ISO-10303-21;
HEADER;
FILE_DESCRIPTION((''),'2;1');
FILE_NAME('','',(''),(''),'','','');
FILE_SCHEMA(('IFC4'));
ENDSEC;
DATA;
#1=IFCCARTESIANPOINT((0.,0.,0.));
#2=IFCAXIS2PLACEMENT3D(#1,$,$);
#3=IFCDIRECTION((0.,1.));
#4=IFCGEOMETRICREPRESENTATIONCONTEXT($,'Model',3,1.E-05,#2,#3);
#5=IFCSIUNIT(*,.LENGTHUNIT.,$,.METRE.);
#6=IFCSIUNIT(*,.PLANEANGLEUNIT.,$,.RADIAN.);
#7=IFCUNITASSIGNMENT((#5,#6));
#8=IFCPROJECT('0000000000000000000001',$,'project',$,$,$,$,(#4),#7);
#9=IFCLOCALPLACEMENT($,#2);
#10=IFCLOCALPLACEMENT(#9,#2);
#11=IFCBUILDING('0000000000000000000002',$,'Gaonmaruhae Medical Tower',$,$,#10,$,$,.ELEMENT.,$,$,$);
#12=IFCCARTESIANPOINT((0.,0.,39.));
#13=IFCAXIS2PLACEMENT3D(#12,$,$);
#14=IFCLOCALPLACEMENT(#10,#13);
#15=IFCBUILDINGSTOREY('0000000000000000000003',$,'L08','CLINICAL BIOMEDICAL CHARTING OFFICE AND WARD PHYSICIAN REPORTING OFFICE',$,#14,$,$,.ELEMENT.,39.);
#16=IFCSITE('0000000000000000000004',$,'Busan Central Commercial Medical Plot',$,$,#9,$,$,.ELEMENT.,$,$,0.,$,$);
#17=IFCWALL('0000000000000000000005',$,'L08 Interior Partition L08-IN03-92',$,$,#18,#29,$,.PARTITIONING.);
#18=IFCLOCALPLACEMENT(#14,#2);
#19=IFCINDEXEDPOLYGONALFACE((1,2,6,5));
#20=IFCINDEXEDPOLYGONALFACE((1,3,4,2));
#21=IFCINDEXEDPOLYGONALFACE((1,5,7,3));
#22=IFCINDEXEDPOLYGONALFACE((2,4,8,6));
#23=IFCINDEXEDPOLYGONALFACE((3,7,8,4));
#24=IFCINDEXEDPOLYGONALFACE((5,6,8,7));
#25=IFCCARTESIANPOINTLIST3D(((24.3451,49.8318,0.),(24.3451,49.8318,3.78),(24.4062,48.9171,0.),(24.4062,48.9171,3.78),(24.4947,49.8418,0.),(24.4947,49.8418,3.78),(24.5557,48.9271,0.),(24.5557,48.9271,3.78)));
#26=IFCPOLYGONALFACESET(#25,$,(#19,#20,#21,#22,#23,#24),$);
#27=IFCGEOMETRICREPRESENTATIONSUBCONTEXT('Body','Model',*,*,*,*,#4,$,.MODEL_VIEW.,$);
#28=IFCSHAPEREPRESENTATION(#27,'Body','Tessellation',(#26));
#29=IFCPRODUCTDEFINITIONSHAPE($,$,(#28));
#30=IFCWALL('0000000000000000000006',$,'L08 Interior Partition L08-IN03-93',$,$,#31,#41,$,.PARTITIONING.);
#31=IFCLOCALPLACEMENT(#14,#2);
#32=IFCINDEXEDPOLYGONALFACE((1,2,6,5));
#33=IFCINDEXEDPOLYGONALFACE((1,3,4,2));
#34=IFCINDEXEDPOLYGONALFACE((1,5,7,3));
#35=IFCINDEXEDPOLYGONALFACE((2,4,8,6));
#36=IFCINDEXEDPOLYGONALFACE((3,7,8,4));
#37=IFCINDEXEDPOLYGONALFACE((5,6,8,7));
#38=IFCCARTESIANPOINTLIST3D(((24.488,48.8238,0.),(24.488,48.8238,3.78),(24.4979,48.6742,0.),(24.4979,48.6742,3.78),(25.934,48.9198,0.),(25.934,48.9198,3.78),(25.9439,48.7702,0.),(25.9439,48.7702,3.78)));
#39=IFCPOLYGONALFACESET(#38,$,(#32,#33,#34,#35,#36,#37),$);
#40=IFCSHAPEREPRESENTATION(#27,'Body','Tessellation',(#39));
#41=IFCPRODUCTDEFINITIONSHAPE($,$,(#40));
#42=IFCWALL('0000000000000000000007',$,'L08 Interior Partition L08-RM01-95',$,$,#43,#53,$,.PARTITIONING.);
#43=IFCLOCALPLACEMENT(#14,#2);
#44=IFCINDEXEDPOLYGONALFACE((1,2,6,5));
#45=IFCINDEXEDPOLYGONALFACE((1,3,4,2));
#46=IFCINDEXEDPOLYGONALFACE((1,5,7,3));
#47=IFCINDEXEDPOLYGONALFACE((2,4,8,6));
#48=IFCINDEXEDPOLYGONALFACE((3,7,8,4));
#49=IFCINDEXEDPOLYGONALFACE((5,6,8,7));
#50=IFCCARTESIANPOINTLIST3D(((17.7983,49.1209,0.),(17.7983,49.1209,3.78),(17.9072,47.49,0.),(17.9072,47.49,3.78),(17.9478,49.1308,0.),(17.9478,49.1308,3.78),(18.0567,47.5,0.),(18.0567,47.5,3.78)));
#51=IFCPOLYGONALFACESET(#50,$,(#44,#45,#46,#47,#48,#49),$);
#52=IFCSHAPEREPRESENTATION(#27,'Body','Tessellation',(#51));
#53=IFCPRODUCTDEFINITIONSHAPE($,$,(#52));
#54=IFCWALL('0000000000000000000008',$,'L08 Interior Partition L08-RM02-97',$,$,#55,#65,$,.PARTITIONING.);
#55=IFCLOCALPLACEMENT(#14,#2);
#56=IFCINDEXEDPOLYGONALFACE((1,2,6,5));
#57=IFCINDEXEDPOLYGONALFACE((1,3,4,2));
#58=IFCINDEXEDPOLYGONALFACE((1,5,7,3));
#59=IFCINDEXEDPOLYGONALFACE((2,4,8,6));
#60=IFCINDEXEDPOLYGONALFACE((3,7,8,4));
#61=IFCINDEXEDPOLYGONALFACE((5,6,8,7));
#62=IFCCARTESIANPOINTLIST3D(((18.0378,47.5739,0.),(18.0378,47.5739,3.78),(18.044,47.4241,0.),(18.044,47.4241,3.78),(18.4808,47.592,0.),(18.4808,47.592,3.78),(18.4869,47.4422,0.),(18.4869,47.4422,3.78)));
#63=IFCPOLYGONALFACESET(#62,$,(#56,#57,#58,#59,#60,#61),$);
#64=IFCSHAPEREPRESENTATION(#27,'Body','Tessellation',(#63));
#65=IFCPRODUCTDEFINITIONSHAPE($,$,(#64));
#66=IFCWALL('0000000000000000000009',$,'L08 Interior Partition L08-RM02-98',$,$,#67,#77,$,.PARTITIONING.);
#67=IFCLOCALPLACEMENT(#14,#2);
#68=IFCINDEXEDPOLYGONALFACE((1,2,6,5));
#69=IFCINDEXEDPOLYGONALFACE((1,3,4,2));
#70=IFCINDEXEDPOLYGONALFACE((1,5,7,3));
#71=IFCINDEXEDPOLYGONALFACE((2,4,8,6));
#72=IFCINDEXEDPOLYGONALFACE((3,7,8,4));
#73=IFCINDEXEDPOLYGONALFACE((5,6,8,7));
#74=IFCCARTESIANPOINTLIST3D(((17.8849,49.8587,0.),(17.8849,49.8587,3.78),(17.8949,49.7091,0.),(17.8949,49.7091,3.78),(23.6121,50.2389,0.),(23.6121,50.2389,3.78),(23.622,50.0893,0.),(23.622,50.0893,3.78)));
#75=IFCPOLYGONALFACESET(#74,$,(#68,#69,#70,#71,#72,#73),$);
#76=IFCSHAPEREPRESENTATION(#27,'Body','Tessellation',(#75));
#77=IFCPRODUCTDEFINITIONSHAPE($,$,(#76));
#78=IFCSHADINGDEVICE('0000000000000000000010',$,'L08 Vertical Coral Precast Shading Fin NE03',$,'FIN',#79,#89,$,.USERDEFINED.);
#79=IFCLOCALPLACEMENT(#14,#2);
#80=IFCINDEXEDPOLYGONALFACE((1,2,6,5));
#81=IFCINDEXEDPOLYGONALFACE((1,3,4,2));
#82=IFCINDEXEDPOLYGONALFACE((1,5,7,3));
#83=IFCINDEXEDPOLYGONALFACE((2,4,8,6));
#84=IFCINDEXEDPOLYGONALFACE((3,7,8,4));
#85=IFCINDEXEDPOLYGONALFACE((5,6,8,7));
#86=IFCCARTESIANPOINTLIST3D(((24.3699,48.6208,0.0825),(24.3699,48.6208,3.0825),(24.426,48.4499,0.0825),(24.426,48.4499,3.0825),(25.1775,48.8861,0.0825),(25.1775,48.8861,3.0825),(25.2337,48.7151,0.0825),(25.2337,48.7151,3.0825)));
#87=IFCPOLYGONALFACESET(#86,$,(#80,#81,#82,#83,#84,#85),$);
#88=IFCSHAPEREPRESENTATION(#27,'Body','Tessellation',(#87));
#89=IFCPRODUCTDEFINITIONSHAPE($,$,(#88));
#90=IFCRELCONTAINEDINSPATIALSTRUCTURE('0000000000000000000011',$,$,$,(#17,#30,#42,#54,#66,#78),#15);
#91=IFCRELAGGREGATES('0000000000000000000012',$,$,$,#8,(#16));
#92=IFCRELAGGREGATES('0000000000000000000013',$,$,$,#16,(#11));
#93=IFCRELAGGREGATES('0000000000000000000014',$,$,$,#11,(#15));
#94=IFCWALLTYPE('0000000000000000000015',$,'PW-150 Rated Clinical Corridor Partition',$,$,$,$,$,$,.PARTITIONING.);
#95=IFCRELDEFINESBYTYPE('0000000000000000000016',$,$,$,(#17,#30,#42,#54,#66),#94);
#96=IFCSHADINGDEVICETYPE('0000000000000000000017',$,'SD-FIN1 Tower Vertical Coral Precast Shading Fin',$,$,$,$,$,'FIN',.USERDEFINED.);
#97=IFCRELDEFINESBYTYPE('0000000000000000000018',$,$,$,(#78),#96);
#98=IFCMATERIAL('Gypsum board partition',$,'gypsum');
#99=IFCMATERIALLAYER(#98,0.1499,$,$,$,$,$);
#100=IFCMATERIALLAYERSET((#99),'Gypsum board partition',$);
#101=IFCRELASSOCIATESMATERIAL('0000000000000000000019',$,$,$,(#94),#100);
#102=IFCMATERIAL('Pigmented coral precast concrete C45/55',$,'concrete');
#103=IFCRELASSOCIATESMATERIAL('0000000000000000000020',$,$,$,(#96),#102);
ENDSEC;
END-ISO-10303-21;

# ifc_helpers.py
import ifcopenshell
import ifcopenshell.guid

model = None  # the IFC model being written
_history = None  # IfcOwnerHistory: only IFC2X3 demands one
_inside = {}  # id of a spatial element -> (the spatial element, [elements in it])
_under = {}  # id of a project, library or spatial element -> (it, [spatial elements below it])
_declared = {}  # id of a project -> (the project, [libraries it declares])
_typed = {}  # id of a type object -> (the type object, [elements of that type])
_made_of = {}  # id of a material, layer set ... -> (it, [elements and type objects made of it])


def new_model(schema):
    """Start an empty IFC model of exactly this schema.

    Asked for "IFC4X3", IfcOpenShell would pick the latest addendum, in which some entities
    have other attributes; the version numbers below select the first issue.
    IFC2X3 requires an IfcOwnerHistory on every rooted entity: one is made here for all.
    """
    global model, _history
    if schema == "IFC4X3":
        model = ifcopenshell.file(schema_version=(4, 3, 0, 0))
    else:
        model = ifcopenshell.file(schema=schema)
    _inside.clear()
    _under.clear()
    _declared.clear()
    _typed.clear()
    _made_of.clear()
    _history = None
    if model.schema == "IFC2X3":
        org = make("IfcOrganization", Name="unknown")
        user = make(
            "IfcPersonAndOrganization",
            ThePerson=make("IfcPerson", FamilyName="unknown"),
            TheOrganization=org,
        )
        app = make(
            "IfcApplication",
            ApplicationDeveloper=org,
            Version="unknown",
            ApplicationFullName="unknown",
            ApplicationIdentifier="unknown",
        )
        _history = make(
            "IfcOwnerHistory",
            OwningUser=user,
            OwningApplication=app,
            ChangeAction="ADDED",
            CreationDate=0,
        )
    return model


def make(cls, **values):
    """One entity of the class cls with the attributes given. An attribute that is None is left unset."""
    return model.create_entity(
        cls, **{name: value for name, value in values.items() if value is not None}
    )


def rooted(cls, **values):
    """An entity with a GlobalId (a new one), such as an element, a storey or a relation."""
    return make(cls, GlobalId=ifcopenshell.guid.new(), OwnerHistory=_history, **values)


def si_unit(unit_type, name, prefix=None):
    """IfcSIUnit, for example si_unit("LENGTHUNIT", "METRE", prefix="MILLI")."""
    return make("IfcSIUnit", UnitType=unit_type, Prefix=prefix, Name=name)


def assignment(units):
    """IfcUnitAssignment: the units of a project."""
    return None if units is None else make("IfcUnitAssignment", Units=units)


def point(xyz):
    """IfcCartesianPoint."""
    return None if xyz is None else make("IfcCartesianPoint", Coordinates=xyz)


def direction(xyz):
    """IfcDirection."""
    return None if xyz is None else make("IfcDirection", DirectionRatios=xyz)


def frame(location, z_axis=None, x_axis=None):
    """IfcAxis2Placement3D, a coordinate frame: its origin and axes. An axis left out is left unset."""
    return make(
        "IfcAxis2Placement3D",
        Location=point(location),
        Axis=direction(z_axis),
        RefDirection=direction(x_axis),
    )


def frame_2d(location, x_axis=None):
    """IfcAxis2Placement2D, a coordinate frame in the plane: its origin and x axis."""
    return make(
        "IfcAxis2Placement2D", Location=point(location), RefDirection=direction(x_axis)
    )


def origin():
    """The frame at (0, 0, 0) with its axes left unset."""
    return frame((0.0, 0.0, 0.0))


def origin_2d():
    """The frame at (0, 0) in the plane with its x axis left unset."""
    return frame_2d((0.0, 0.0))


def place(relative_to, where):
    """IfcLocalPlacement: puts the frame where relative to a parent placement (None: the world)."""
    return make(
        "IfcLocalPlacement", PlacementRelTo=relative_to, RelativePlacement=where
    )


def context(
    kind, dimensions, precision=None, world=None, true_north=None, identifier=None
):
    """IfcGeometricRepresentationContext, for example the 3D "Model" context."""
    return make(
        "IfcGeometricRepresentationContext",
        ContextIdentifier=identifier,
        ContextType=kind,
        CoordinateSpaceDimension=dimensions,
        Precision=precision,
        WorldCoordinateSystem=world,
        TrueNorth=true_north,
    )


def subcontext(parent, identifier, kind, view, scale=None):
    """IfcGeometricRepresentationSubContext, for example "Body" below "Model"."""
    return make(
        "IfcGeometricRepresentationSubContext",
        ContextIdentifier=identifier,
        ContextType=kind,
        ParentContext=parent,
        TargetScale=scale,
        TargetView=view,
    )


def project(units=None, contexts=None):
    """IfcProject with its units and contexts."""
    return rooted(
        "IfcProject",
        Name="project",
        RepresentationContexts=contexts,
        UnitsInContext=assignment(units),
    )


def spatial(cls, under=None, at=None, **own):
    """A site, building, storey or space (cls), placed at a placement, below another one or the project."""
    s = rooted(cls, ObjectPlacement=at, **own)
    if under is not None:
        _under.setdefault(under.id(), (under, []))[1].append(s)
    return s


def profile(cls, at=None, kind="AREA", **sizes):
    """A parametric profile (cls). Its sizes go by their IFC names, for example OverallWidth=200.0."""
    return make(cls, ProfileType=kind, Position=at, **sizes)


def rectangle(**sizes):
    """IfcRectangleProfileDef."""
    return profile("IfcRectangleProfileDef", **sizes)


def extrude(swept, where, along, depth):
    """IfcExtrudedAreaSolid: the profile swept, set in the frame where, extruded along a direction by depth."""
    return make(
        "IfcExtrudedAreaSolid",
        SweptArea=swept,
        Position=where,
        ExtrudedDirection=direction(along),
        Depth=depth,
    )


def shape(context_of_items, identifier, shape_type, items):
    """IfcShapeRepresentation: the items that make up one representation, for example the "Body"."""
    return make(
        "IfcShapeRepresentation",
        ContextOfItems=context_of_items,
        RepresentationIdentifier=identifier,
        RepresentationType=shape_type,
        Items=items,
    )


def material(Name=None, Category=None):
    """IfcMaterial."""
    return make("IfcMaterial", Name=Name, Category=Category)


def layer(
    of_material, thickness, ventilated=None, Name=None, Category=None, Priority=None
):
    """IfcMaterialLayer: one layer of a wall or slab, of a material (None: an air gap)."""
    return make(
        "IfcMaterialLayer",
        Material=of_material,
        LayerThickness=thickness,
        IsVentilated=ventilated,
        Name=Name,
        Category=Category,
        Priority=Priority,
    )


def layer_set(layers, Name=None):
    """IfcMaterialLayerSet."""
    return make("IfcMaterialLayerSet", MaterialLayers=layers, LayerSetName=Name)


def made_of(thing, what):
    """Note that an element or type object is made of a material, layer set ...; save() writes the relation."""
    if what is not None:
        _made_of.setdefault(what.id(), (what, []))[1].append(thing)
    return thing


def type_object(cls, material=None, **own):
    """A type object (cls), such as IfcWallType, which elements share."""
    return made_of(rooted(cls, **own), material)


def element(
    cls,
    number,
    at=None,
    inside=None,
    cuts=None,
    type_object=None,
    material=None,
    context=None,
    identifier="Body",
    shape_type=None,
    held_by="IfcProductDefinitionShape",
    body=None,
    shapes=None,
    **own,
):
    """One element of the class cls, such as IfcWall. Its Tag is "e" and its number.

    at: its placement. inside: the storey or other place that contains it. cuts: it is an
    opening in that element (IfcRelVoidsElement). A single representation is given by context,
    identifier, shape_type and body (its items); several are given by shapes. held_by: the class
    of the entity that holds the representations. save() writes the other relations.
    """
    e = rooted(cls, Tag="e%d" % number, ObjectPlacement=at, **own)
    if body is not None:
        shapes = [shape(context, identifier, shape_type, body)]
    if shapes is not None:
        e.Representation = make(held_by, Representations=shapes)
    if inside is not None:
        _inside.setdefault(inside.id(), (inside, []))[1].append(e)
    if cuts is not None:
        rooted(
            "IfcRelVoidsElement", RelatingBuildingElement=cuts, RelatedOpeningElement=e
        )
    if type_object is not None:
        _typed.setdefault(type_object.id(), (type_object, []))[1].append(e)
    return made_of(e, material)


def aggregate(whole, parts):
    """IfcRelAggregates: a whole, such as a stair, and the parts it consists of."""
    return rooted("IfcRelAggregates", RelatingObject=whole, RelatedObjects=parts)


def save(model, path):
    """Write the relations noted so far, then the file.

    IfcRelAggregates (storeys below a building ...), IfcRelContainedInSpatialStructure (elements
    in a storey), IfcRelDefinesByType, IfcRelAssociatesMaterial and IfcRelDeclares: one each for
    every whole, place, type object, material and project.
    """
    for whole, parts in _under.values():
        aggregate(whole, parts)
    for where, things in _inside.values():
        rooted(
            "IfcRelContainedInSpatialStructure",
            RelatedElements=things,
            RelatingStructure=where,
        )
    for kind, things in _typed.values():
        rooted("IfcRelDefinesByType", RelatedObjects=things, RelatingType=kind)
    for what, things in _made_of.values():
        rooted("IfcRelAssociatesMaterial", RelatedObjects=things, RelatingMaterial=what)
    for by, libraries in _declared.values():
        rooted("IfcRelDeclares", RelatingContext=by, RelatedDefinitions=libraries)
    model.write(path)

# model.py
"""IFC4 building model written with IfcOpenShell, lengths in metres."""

from ifc_helpers import new_model, si_unit, direction, frame, frame_2d, origin, origin_2d, place, context, subcontext, project, spatial, rectangle, extrude, material, layer, layer_set, type_object, element, save


model = new_model("IFC4")

# Units and contexts
model_context = context("Model", 3, precision=1e-05, world=origin(), true_north=direction((0.0, 1.0)))
body_context = subcontext(model_context, "Body", "Model", "MODEL_VIEW")
ifc_project = project(units=[si_unit("LENGTHUNIT", "METRE"), si_unit("PLANEANGLEUNIT", "RADIAN")], contexts=[model_context])

# Site, building, storey
site_placement = place(None, origin())
site = spatial("IfcSite", under=ifc_project, at=site_placement, Name="Busan Central Commercial Medical Plot", CompositionType="ELEMENT", RefElevation=0.0)
building_placement = place(site_placement, origin())
building = spatial("IfcBuilding", under=site, at=building_placement, Name="Gaonmaruhae Medical Tower", CompositionType="ELEMENT")
storey_placement = place(building_placement, frame((0.0, 0.0, 39.0)))
storey = spatial("IfcBuildingStorey", under=building, at=storey_placement, Name="L08", Description="CLINICAL BIOMEDICAL CHARTING OFFICE AND WARD PHYSICIAN REPORTING OFFICE", CompositionType="ELEMENT", Elevation=39.0)

# Shared definitions
ifc_material_1 = material(Name="Gypsum board partition", Category="gypsum")
ifc_layer_1 = layer(ifc_material_1, 0.1499)
ifc_layer_set_1 = layer_set([ifc_layer_1], Name="Gypsum board partition")
wall_type_1 = type_object("IfcWallType", Name="PW-150 Rated Clinical Corridor Partition", PredefinedType="PARTITIONING", material=ifc_layer_set_1)

# Walls
wall_1_placement = place(storey_placement, frame((24.4199, 49.8369, 0.0), z_axis=(0.0, 0.0, 1.0), x_axis=(0.066572, -0.997782, 0.0)))
element("IfcWall", 1, at=wall_1_placement, inside=storey, type_object=wall_type_1, Name="L08 Interior Partition L08-IN03-92", PredefinedType="PARTITIONING", context=body_context, shape_type="SweptSolid", body=[
    extrude(rectangle(XDim=0.9167, YDim=0.1499, at=frame_2d((0.4585, 0.0))), origin(), (0.0, 0.0, 1.0), 3.78),
])
wall_2_placement = place(storey_placement, frame((24.4929, 48.749, 0.0), z_axis=(0.0, 0.0, 1.0), x_axis=(0.997806, 0.066206, 0.0)))
element("IfcWall", 2, at=wall_2_placement, inside=storey, type_object=wall_type_1, Name="L08 Interior Partition L08-IN03-93", PredefinedType="PARTITIONING", context=body_context, shape_type="SweptSolid", body=[
    extrude(rectangle(XDim=1.4492, YDim=0.1499, at=frame_2d((0.7246, 0.0))), origin(), (0.0, 0.0, 1.0), 3.78),
])
wall_3_placement = place(storey_placement, frame((17.873, 49.126, 0.0), z_axis=(0.0, 0.0, 1.0), x_axis=(0.066618, -0.997779, 0.0)))
element("IfcWall", 3, at=wall_3_placement, inside=storey, type_object=wall_type_1, Name="L08 Interior Partition L08-RM01-95", PredefinedType="PARTITIONING", context=body_context, shape_type="SweptSolid", body=[
    extrude(rectangle(XDim=1.6345, YDim=0.1499, at=frame_2d((0.8174, 0.0))), origin(), (0.0, 0.0, 1.0), 3.78),
])

# Walls
wall_4_placement = place(storey_placement, frame((18.4839, 47.5171, 0.0), z_axis=(0.0, 0.0, 1.0), x_axis=(-0.999169, -0.04076, 0.0)))
element("IfcWall", 4, at=wall_4_placement, inside=storey, type_object=wall_type_1, Name="L08 Interior Partition L08-RM02-97", PredefinedType="PARTITIONING", context=body_context, shape_type="SweptSolid", body=[
    extrude(rectangle(XDim=0.4434, YDim=0.1499, at=frame_2d((0.2217, 0.0))), origin(), (0.0, 0.0, 1.0), 3.78),
])
wall_5_placement = place(storey_placement, frame((17.8899, 49.7839, 0.0), z_axis=(0.0, 0.0, 1.0), x_axis=(0.997805, 0.066228, 0.0)))
element("IfcWall", 5, at=wall_5_placement, inside=storey, type_object=wall_type_1, Name="L08 Interior Partition L08-RM02-98", PredefinedType="PARTITIONING", context=body_context, shape_type="SweptSolid", body=[
    extrude(rectangle(XDim=5.7397, YDim=0.1499, at=frame_2d((2.8699, 0.0))), origin(), (0.0, 0.0, 1.0), 3.78),
])

# Shading device
ifc_material_2 = material(Name="Pigmented coral precast concrete C45/55", Category="concrete")
shading_device_type = type_object("IfcShadingDeviceType", Name="SD-FIN1 Tower Vertical Coral Precast Shading Fin", ElementType="FIN", PredefinedType="USERDEFINED", material=ifc_material_2)
shading_device_placement = place(storey_placement, frame((24.8018, 48.668, 0.0825), z_axis=(0.0, 0.0, 1.0), x_axis=(0.312036, -0.95007, 0.0)))
element("IfcShadingDevice", 6, at=shading_device_placement, inside=storey, type_object=shading_device_type, Name="L08 Vertical Coral Precast Shading Fin NE03", ObjectType="FIN", PredefinedType="USERDEFINED", context=body_context, shape_type="SweptSolid", body=[
    extrude(rectangle(XDim=0.1799, YDim=0.8501, at=origin_2d()), origin(), (0.0, 0.0, 1.0), 3.0),
])

save(model, "model.ifc")
